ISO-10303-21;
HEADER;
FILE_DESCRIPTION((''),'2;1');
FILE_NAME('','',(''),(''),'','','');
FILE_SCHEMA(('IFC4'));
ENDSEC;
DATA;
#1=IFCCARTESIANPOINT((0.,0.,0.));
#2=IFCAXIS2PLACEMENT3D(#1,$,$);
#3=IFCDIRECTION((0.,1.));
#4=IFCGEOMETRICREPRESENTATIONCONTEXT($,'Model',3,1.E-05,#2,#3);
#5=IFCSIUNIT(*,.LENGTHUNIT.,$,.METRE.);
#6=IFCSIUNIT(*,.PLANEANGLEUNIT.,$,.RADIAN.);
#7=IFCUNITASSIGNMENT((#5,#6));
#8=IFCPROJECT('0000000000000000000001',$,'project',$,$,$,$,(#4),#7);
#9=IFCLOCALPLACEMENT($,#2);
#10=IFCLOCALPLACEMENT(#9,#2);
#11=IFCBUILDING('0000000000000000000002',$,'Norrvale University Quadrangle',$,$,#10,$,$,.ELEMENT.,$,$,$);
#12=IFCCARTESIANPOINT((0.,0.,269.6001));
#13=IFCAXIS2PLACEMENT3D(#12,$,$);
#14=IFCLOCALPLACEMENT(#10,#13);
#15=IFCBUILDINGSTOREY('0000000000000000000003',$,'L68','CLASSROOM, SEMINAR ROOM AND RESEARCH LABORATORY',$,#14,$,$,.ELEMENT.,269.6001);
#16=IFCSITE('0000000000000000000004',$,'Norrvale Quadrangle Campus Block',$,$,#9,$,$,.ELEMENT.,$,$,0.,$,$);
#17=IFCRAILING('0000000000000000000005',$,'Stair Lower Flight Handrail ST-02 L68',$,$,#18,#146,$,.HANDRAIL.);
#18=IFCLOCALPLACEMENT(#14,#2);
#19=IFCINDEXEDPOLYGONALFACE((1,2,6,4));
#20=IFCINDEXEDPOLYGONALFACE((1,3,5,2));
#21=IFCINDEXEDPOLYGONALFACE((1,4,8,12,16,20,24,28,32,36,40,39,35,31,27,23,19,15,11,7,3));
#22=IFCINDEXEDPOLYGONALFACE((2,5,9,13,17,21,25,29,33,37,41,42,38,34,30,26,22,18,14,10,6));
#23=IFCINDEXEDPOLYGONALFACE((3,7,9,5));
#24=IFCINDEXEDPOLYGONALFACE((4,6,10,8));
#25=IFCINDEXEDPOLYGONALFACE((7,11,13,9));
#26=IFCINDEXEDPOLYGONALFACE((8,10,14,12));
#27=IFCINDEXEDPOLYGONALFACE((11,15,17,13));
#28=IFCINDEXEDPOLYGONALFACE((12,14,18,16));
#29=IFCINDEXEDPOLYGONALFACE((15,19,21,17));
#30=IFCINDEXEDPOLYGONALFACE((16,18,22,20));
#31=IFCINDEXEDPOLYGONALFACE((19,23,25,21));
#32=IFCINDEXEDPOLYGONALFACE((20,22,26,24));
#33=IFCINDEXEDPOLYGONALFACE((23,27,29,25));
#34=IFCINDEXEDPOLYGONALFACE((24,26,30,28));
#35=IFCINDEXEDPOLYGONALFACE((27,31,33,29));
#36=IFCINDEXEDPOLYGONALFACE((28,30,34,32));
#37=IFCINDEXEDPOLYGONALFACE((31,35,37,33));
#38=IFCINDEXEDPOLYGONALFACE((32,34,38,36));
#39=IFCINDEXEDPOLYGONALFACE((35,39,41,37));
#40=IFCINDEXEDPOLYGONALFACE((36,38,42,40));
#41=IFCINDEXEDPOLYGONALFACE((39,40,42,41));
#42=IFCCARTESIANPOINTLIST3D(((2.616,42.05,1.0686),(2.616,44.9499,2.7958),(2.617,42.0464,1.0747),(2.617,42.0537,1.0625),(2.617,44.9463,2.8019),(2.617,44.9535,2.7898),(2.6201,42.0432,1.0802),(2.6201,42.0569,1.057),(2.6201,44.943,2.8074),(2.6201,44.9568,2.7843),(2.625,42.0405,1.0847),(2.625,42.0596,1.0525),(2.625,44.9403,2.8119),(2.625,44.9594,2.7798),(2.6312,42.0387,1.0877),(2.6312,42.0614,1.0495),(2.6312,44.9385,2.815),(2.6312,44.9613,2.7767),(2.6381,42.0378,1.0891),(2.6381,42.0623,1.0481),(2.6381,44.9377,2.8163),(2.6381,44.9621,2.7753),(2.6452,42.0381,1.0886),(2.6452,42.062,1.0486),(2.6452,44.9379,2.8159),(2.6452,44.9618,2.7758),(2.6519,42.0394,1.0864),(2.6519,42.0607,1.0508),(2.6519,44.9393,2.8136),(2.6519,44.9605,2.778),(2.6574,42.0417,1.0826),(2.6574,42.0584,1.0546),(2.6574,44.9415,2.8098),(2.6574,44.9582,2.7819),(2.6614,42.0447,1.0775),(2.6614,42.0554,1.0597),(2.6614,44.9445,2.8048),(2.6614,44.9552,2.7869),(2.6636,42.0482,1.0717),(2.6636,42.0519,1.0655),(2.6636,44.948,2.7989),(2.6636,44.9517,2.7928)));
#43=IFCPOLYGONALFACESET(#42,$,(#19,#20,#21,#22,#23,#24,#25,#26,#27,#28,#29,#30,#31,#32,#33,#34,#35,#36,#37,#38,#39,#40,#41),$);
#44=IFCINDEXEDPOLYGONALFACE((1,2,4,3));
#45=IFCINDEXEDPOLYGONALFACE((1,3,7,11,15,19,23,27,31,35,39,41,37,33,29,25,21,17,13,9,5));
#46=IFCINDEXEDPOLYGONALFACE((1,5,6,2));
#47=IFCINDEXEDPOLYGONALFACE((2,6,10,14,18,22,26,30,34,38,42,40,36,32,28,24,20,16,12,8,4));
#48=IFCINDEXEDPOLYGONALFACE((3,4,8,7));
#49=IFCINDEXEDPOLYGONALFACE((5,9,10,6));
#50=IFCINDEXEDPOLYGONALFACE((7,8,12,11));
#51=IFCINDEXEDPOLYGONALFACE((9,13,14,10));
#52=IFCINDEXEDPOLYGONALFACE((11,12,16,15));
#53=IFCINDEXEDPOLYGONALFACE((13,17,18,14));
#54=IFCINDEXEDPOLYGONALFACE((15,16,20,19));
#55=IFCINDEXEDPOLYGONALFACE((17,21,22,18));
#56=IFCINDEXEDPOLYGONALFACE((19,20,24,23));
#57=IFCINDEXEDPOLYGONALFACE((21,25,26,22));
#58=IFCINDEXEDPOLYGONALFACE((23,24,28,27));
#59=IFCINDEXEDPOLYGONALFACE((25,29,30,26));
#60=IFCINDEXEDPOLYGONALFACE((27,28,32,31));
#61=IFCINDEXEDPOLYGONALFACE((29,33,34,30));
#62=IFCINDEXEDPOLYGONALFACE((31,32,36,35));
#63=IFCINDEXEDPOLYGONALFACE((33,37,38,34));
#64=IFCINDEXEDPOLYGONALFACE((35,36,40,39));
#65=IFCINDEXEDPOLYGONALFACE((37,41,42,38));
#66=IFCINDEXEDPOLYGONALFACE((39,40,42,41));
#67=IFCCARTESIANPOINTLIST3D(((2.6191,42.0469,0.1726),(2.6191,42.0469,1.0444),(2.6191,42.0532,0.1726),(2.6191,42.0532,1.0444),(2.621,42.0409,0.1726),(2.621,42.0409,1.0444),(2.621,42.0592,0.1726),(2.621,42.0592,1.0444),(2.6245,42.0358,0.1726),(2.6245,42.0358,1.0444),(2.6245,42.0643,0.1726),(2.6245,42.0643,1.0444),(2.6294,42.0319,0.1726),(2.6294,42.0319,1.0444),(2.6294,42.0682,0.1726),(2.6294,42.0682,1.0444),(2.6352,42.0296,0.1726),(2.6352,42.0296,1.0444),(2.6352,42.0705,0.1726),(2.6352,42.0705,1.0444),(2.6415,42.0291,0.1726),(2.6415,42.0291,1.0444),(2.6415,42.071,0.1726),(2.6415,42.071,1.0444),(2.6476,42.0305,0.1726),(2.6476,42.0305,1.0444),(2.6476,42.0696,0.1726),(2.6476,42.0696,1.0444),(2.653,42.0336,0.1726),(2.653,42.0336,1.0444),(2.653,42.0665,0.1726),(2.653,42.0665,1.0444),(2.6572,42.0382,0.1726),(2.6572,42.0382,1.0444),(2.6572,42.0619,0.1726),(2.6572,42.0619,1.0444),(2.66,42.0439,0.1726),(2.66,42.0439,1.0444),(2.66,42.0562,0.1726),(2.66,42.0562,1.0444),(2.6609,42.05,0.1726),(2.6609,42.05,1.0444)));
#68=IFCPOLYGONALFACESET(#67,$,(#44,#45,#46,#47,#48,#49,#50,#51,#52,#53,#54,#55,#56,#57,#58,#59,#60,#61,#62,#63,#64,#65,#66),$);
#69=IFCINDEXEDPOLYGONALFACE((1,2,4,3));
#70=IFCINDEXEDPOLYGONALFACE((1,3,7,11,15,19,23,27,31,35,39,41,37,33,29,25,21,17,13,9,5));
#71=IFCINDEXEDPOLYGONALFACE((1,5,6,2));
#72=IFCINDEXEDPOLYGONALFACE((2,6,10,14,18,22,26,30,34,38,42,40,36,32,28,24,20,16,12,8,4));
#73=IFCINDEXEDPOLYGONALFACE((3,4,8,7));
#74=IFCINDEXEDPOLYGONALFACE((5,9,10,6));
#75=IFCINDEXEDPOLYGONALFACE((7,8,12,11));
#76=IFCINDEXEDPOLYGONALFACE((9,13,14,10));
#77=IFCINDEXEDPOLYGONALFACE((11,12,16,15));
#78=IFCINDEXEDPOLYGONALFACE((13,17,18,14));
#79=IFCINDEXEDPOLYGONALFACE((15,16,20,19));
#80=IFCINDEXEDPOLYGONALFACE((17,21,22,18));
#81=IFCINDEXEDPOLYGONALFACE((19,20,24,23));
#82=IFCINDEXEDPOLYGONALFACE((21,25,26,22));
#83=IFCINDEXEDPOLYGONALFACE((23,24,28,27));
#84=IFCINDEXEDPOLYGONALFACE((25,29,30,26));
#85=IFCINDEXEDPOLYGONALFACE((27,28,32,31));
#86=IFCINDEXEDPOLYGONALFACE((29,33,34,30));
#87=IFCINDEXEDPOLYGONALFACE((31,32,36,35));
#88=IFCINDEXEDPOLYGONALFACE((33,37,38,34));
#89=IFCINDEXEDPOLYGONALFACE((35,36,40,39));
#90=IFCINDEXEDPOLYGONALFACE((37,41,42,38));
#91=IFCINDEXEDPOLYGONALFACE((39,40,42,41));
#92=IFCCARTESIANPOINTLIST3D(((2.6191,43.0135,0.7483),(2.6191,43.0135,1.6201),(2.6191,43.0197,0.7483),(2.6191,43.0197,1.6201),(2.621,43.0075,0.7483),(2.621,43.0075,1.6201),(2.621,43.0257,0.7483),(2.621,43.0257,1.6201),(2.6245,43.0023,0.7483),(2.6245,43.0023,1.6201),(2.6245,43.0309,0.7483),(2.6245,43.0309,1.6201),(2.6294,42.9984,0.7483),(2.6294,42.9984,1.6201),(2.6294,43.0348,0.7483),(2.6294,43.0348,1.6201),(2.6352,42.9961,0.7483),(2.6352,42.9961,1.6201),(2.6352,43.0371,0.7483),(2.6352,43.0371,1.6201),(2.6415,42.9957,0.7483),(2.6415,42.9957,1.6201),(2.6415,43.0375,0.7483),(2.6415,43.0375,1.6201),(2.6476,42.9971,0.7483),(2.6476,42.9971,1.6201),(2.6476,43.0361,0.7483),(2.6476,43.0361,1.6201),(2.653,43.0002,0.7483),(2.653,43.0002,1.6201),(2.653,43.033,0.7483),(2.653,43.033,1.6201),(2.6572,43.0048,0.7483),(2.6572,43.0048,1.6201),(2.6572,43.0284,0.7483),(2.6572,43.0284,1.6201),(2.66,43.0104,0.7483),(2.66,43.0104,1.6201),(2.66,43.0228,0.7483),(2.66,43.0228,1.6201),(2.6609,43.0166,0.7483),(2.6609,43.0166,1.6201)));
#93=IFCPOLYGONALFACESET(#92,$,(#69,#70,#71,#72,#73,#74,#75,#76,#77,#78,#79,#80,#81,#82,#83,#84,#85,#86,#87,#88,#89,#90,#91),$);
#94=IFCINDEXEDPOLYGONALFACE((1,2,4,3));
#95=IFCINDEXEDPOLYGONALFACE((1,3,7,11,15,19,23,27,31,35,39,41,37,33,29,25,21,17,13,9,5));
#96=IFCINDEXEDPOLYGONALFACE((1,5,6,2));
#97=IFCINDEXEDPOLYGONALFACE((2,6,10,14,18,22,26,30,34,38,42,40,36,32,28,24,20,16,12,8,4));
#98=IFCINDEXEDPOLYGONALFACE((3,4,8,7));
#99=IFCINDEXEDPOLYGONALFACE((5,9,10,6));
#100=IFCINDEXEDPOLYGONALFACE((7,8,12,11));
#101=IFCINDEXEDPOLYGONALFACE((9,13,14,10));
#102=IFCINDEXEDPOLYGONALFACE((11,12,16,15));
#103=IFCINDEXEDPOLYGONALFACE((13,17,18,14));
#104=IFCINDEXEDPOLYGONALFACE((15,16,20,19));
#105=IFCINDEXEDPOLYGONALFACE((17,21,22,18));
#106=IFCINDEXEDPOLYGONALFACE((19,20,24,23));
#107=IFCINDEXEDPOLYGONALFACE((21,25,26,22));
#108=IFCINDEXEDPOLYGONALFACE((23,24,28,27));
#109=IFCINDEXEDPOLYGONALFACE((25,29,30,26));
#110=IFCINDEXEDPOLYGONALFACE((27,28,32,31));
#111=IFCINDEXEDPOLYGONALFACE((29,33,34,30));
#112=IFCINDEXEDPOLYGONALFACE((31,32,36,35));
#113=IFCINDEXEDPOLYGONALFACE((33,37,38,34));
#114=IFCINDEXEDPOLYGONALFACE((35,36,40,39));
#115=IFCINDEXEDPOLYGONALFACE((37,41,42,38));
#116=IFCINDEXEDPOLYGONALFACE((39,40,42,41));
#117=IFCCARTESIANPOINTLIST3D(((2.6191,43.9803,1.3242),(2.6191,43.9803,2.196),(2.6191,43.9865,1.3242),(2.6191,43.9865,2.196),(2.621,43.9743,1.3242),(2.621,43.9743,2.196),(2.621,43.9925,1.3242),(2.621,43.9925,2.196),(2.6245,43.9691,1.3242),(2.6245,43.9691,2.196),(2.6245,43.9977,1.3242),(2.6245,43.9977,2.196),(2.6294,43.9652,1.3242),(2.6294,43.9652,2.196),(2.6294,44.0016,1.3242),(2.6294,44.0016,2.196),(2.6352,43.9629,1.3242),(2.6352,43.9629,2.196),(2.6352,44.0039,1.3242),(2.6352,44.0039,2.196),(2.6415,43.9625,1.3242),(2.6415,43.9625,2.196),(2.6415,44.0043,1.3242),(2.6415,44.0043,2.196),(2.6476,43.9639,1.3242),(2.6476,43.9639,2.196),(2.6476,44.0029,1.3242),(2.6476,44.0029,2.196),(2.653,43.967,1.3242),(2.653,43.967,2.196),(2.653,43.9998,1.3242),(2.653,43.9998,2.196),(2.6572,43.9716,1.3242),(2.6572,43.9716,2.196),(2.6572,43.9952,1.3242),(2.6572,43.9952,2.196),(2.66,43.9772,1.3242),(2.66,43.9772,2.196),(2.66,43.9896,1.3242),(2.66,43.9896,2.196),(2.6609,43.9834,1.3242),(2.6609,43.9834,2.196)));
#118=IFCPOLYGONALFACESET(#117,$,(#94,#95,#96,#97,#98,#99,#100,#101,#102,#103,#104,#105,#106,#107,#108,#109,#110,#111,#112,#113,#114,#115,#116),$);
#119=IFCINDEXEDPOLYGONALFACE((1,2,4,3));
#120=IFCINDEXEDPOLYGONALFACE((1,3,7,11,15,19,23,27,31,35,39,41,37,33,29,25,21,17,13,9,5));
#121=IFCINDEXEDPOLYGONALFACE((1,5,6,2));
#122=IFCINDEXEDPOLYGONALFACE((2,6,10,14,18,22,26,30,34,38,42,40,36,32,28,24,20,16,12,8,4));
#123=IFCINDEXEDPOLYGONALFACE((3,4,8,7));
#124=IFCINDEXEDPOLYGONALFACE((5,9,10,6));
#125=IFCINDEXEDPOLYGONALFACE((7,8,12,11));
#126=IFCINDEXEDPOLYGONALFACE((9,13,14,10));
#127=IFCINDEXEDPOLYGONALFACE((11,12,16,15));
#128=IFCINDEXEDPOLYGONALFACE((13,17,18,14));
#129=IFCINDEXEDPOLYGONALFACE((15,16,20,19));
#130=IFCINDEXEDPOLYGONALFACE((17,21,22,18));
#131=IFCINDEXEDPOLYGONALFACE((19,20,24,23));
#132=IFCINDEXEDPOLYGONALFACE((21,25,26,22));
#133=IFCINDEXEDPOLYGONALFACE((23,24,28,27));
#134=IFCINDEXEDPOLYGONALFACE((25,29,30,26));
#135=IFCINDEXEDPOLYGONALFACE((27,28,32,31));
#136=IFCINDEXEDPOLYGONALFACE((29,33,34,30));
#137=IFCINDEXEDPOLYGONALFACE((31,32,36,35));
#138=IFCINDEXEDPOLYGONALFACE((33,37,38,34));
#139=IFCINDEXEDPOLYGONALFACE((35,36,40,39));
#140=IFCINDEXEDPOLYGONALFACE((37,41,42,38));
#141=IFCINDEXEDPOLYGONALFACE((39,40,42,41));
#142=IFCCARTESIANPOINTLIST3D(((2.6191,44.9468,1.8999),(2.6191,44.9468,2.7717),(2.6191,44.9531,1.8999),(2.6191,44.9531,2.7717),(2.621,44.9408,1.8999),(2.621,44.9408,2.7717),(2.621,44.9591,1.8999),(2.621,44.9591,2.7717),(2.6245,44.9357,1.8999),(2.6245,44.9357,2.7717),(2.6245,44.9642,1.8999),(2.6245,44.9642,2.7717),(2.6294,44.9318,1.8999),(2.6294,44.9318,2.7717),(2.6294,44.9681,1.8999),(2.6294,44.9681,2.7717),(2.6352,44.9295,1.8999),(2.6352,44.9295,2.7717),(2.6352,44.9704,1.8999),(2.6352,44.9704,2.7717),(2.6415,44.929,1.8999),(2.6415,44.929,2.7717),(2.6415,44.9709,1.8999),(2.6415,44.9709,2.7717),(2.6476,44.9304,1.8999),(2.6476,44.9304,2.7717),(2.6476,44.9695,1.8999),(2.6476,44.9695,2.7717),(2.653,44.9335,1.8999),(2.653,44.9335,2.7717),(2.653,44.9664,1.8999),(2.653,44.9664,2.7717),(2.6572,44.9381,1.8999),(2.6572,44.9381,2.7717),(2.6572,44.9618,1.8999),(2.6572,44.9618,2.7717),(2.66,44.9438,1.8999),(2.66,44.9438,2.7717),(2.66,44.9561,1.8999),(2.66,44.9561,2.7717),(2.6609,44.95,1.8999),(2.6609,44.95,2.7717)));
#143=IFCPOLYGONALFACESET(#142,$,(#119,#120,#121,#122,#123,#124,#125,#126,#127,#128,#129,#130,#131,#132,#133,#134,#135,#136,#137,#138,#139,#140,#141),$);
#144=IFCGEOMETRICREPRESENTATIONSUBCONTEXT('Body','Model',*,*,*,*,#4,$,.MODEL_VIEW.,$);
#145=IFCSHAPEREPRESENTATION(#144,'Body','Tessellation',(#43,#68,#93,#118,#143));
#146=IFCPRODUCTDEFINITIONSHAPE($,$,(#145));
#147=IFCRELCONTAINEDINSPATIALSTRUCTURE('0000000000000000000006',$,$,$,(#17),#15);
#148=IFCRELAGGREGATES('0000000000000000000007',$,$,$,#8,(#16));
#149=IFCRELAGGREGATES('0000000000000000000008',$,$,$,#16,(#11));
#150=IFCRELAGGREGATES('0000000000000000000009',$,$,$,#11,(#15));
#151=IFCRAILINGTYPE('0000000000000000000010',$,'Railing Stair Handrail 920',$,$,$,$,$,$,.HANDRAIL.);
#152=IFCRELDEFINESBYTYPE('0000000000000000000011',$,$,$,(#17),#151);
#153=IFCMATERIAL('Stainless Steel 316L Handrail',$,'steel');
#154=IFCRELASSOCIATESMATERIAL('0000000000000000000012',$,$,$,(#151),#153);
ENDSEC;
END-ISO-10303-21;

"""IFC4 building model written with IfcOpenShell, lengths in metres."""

from ifc_helpers import new_model, si_unit, direction, frame, origin, origin_2d, place, context, subcontext, project, spatial, circle, extrude, material, type_object, element, save


model = new_model("IFC4")

# Units and contexts
model_context = context("Model", 3, precision=1e-05, world=origin(), true_north=direction((0.0, 1.0)))
body_context = subcontext(model_context, "Body", "Model", "MODEL_VIEW")
ifc_project = project(units=[si_unit("LENGTHUNIT", "METRE"), si_unit("PLANEANGLEUNIT", "RADIAN")], contexts=[model_context])

# Site, building, storey
site_placement = place(None, origin())
site = spatial("IfcSite", under=ifc_project, at=site_placement, Name="Norrvale Quadrangle Campus Block", CompositionType="ELEMENT", RefElevation=0.0)
building_placement = place(site_placement, origin())
building = spatial("IfcBuilding", under=site, at=building_placement, Name="Norrvale University Quadrangle", CompositionType="ELEMENT")
storey_placement = place(building_placement, frame((0.0, 0.0, 269.6001)))
storey = spatial("IfcBuildingStorey", under=building, at=storey_placement, Name="L68", Description="CLASSROOM, SEMINAR ROOM AND RESEARCH LABORATORY", CompositionType="ELEMENT", Elevation=269.6001)

# Railing
ifc_material_1 = material(Name="Stainless Steel 316L Handrail", Category="steel")
railing_type_1 = type_object("IfcRailingType", Name="Railing Stair Handrail 920", PredefinedType="HANDRAIL", material=ifc_material_1)
railing_1_placement = place(storey_placement, frame((2.6399, 42.05, 0.1726)))
element("IfcRailing", 1, at=railing_1_placement, inside=storey, type_object=railing_type_1, Name="Stair Lower Flight Handrail ST-02 L68", PredefinedType="HANDRAIL", context=body_context, shape_type="SweptSolid", body=[
    extrude(circle(Radius=0.0239, at=origin_2d()), frame((0.0, 0.0, 0.896), z_axis=(0.0, 0.859141, 0.511738), x_axis=(-1.0, 0.0, 0.0)), (0.0, 0.0, 1.0), 3.3752),
    extrude(circle(Radius=0.021, at=origin_2d()), origin(), (0.0, 0.0, 1.0), 0.8718),
    extrude(circle(Radius=0.021, at=origin_2d()), frame((0.0, 0.9666, 0.5757)), (0.0, 0.0, 1.0), 0.8718),
    extrude(circle(Radius=0.021, at=origin_2d()), frame((0.0, 1.9333, 1.1516)), (0.0, 0.0, 1.0), 0.8718),
    extrude(circle(Radius=0.021, at=origin_2d()), frame((0.0, 2.8999, 1.7273)), (0.0, 0.0, 1.0), 0.8718),
])

save(model, "model.ifc")
